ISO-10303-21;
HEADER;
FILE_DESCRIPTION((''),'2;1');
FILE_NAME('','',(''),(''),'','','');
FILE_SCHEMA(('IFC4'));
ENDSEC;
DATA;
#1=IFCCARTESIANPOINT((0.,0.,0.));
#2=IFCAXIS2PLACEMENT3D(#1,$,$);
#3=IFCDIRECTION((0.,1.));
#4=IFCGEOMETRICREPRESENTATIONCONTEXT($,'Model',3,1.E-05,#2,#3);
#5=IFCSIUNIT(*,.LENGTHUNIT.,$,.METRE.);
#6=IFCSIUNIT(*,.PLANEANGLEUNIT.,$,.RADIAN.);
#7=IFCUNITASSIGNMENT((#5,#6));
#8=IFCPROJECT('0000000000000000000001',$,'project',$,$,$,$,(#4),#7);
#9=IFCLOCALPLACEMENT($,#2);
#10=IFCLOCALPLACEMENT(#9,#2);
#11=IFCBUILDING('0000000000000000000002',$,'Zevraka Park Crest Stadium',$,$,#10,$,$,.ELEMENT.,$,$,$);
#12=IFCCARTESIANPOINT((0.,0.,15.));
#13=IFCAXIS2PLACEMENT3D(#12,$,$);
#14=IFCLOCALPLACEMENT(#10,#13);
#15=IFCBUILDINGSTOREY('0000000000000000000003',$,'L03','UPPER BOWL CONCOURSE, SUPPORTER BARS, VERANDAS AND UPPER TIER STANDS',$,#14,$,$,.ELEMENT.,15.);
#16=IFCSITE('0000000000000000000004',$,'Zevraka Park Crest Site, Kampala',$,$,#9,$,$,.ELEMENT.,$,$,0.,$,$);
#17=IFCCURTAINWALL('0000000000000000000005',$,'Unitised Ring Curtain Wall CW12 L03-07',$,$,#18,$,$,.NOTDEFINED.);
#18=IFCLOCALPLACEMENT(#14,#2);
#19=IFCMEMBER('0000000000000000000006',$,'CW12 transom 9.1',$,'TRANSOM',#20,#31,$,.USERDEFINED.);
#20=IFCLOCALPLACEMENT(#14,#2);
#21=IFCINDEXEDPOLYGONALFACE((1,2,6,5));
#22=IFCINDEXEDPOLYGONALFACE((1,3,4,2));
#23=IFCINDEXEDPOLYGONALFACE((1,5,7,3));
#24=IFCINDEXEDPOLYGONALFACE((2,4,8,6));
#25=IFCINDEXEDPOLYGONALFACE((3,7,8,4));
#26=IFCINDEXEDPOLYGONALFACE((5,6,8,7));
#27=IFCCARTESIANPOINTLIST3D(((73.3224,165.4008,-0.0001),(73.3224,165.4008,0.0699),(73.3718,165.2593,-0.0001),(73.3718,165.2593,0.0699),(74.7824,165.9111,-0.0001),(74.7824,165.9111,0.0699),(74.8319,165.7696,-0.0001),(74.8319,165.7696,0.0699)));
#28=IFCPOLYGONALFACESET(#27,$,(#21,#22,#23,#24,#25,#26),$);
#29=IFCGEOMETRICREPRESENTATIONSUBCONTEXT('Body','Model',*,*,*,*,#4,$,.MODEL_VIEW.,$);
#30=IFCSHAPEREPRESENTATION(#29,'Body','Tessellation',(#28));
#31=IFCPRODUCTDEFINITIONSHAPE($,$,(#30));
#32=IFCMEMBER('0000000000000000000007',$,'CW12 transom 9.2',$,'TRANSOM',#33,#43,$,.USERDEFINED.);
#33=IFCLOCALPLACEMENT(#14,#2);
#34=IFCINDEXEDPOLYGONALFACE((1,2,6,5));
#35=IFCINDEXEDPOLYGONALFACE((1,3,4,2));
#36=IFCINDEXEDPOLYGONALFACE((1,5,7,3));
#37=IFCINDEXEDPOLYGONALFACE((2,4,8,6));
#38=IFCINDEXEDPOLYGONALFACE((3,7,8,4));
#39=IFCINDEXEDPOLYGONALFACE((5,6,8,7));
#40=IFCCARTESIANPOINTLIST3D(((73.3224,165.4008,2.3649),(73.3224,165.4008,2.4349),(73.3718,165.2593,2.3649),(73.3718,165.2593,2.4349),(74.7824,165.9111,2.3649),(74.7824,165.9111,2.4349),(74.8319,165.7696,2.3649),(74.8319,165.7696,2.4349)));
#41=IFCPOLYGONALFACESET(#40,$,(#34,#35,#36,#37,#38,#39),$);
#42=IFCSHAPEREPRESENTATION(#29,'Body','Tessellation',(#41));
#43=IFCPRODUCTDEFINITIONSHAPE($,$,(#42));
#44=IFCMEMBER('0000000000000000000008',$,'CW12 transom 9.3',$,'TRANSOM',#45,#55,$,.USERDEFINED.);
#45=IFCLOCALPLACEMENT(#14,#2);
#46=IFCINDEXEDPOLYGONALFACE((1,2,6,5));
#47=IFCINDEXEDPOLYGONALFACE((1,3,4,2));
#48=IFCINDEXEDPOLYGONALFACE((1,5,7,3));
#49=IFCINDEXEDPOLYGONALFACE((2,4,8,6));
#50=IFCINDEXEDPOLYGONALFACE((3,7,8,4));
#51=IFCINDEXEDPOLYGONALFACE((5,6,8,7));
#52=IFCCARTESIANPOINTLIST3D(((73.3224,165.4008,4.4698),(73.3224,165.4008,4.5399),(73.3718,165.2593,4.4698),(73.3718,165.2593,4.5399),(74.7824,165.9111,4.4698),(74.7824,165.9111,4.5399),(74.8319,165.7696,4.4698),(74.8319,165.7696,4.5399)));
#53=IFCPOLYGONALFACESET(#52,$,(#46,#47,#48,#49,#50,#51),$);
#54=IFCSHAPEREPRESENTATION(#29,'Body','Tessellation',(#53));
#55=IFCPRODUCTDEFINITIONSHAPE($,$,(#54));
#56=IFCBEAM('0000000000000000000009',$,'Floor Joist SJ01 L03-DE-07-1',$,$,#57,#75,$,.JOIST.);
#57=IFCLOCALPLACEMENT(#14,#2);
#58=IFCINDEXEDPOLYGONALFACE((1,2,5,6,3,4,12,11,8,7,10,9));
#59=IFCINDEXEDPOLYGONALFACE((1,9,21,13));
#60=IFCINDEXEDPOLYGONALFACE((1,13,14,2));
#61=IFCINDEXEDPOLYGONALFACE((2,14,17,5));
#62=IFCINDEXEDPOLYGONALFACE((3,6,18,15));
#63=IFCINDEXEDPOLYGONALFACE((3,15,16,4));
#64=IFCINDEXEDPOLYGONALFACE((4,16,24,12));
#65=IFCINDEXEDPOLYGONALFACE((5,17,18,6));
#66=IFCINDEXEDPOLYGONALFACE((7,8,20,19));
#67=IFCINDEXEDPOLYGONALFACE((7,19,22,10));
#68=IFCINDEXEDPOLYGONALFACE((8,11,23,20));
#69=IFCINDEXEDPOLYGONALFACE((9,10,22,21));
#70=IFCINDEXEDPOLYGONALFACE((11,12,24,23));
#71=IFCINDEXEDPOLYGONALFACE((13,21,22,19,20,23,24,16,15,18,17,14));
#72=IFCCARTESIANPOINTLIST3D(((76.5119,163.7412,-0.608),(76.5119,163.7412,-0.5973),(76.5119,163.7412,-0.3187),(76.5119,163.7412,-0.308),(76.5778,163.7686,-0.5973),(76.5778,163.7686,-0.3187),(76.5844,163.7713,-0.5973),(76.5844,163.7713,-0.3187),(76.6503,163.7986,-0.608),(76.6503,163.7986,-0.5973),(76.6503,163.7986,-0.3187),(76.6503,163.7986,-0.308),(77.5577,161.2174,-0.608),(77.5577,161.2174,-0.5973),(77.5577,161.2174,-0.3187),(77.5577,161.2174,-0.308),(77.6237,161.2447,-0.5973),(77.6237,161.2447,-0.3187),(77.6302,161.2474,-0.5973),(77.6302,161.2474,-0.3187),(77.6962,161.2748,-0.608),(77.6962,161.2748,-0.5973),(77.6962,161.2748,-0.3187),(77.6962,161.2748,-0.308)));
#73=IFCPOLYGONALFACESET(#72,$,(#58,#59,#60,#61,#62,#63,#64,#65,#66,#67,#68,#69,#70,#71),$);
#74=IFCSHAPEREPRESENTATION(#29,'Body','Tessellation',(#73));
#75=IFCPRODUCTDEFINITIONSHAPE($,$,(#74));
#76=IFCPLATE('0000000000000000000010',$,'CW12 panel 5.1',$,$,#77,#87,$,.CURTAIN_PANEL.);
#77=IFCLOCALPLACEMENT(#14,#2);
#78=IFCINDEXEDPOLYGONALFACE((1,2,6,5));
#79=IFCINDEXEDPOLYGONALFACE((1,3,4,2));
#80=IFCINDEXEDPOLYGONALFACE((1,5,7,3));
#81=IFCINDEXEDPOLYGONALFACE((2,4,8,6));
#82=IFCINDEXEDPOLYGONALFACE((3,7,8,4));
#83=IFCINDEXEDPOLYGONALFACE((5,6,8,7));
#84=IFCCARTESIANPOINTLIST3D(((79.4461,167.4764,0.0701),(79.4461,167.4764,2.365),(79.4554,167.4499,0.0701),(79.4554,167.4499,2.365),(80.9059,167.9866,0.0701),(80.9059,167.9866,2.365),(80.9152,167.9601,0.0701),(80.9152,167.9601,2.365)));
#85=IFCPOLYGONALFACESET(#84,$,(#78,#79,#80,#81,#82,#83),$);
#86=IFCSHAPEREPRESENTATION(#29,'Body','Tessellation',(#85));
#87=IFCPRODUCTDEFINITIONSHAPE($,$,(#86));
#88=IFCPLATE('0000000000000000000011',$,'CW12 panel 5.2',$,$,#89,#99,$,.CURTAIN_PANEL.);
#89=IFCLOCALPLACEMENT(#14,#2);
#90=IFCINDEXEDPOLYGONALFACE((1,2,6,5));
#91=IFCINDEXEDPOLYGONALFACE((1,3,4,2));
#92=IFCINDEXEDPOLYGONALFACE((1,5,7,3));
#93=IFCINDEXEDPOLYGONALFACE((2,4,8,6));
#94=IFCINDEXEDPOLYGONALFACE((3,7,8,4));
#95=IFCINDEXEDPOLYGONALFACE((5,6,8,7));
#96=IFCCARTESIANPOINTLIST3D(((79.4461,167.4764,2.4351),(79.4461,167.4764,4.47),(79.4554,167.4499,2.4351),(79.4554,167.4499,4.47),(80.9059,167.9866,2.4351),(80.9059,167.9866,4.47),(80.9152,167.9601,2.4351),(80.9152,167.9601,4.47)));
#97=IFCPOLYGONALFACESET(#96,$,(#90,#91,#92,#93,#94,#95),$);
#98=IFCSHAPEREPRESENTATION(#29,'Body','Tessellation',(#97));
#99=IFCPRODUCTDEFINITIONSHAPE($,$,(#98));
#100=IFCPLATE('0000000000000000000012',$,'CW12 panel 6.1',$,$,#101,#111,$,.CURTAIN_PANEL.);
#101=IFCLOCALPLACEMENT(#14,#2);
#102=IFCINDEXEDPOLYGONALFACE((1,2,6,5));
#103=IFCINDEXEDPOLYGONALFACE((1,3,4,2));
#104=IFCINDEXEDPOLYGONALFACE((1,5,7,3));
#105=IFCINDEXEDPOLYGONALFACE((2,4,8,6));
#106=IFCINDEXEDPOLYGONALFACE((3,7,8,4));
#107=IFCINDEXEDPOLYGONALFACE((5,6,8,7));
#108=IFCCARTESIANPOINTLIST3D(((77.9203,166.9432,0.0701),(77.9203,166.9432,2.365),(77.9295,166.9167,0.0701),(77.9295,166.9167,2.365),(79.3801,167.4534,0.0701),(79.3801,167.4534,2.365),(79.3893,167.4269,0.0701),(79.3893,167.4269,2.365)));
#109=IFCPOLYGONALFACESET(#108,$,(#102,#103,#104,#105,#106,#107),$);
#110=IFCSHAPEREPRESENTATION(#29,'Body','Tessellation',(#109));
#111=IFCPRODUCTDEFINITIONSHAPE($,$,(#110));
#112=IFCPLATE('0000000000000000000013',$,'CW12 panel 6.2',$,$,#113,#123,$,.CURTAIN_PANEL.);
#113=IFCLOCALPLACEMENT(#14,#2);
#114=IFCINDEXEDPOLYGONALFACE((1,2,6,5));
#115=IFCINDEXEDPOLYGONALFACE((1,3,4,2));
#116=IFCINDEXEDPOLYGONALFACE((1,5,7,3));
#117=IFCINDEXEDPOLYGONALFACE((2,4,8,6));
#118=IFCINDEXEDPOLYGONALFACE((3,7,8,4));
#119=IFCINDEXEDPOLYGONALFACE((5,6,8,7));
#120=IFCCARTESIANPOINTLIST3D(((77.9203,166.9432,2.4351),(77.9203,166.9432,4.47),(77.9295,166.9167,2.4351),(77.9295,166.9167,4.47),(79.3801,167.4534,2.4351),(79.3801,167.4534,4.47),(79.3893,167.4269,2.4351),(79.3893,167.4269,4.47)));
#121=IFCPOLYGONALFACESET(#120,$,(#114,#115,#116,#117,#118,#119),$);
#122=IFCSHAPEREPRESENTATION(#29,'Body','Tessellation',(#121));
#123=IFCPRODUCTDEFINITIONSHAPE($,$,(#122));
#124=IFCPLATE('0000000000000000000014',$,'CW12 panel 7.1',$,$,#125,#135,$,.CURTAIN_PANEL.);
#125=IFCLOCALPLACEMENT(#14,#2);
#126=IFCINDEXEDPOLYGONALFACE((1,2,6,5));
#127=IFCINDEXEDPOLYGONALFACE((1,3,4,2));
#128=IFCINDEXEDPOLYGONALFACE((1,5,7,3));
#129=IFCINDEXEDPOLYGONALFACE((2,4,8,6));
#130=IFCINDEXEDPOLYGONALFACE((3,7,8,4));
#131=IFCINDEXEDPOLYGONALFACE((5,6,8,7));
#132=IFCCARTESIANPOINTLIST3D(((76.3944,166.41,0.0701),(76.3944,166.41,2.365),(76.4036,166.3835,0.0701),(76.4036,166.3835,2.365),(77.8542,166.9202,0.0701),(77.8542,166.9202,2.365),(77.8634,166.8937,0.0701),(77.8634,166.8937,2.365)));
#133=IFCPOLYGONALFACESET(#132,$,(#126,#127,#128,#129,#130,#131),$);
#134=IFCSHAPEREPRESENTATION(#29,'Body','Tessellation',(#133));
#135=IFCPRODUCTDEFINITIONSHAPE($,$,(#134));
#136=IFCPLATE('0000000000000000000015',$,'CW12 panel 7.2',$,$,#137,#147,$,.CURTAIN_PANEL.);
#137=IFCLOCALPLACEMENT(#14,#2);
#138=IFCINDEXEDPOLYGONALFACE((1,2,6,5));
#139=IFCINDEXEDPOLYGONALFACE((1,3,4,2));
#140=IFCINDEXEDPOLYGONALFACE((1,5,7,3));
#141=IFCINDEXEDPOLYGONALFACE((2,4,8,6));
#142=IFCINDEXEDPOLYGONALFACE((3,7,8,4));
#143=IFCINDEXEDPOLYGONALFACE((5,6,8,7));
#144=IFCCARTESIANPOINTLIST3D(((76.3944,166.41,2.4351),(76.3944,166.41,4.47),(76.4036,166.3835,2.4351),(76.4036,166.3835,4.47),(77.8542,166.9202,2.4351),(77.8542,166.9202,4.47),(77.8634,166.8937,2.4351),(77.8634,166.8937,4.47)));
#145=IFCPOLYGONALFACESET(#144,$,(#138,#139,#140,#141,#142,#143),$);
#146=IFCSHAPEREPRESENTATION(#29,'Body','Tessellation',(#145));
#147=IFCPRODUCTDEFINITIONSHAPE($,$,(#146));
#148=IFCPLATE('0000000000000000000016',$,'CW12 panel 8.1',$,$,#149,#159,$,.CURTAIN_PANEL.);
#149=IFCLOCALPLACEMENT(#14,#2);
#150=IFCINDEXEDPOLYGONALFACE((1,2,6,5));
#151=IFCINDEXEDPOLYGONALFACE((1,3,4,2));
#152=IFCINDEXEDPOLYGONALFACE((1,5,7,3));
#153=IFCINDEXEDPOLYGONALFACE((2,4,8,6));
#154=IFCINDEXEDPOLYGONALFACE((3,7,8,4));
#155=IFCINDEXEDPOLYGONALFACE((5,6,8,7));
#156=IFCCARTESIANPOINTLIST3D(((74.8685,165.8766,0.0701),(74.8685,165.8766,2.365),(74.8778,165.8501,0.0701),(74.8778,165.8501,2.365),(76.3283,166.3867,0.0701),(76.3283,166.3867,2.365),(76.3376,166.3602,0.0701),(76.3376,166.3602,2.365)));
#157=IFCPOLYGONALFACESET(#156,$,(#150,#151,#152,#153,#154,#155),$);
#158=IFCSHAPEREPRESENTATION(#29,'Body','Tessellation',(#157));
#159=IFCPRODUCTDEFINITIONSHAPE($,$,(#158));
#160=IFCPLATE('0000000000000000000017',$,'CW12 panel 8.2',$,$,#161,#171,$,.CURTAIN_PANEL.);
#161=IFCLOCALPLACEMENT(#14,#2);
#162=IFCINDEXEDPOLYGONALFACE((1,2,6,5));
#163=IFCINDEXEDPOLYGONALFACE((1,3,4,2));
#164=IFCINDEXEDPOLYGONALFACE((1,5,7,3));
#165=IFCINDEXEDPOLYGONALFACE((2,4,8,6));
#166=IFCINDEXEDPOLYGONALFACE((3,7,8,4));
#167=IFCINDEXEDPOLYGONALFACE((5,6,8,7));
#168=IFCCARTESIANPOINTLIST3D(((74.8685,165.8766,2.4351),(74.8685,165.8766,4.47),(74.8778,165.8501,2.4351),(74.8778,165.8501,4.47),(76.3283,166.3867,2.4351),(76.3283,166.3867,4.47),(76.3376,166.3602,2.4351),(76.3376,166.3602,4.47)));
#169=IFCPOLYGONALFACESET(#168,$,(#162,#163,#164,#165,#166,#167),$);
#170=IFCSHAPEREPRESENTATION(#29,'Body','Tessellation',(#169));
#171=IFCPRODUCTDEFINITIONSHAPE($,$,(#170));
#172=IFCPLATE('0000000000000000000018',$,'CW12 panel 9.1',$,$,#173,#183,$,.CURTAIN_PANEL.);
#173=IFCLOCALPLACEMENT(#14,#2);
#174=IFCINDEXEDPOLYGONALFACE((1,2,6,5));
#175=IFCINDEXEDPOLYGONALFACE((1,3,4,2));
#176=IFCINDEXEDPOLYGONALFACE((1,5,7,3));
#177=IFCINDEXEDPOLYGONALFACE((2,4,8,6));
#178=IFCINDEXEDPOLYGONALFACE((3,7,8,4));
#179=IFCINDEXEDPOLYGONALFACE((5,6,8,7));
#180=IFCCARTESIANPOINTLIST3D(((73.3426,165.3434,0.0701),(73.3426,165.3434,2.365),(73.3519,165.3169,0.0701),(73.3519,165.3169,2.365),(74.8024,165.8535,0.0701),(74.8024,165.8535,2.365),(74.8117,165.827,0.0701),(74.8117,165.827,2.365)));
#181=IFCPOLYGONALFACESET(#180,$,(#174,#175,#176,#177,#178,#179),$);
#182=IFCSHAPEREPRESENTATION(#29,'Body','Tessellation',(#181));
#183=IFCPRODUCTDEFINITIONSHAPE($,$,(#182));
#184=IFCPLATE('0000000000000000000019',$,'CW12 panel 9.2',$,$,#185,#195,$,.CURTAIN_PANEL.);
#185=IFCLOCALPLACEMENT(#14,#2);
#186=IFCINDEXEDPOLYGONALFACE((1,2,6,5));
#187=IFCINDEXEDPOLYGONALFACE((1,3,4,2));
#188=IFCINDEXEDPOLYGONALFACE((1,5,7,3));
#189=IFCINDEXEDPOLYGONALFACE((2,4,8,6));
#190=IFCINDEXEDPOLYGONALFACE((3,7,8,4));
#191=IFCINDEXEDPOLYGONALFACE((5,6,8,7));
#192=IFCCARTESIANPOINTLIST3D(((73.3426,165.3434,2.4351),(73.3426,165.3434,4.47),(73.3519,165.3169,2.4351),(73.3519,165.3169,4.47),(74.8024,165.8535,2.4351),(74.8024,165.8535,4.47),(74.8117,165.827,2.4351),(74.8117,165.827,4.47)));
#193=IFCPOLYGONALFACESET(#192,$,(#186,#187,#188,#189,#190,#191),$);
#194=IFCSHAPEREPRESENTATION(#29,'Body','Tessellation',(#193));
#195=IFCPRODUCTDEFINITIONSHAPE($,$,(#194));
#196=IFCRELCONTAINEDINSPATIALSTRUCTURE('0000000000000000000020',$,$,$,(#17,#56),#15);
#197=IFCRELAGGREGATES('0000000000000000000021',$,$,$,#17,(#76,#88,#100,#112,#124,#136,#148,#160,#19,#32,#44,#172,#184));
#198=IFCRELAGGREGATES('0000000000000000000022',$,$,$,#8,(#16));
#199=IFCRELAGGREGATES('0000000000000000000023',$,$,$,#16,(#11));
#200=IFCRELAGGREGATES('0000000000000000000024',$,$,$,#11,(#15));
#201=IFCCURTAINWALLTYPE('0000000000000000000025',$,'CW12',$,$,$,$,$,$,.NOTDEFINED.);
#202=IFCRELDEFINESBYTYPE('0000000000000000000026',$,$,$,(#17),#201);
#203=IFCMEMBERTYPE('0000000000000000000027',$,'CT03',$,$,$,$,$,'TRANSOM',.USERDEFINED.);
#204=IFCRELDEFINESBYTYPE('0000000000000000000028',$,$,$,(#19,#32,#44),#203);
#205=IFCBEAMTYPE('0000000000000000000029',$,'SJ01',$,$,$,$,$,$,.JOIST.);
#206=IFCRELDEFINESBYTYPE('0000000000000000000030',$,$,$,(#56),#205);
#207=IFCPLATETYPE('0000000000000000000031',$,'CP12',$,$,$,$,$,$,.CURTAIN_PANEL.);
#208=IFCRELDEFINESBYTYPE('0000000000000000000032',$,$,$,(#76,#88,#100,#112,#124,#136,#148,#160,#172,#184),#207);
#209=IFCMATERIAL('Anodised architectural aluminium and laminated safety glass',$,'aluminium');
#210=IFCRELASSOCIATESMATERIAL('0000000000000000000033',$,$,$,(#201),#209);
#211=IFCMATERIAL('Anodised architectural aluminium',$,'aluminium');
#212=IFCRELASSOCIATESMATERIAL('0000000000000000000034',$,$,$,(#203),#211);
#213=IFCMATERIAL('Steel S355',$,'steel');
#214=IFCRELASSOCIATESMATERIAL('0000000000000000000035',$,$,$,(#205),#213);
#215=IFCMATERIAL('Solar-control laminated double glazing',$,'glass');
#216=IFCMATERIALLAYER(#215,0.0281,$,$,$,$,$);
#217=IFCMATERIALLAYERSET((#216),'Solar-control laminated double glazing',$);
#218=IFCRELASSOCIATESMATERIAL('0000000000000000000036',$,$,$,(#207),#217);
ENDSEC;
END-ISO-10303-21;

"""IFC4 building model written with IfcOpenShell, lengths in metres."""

from ifc_helpers import new_model, si_unit, direction, frame, origin, origin_2d, place, context, subcontext, project, spatial, rectangle, i_section, extrude, material, layer, layer_set, material_profile, profile_set, type_object, element, aggregate, save


model = new_model("IFC4")

# Units and contexts
model_context = context("Model", 3, precision=1e-05, world=origin(), true_north=direction((0.0, 1.0)))
body_context = subcontext(model_context, "Body", "Model", "MODEL_VIEW")
ifc_project = project(units=[si_unit("LENGTHUNIT", "METRE"), si_unit("PLANEANGLEUNIT", "RADIAN")], contexts=[model_context])

# Site, building, storey
site_placement = place(None, origin())
site = spatial("IfcSite", under=ifc_project, at=site_placement, Name="Zevraka Park Crest Site, Kampala", CompositionType="ELEMENT", RefElevation=0.0)
building_placement = place(site_placement, origin())
building = spatial("IfcBuilding", under=site, at=building_placement, Name="Zevraka Park Crest Stadium", CompositionType="ELEMENT")
storey_placement = place(building_placement, frame((0.0, 0.0, 15.0)))
storey = spatial("IfcBuildingStorey", under=building, at=storey_placement, Name="L03", Description="UPPER BOWL CONCOURSE, SUPPORTER BARS, VERANDAS AND UPPER TIER STANDS", CompositionType="ELEMENT", Elevation=15.0)

# Curtain wall, members
ifc_material_1 = material(Name="Anodised architectural aluminium and laminated safety glass", Category="aluminium")
curtain_wall_type = type_object("IfcCurtainWallType", Name="CW12", PredefinedType="NOTDEFINED", material=ifc_material_1)
curtain_wall_placement = place(storey_placement, origin())
curtain_wall = element("IfcCurtainWall", 1, at=curtain_wall_placement, inside=storey, type_object=curtain_wall_type, Name="Unitised Ring Curtain Wall CW12 L03-07", PredefinedType="NOTDEFINED")
ifc_material_2 = material(Name="Anodised architectural aluminium", Category="aluminium")
ifc_material_profile_1 = material_profile(ifc_material_2, rectangle(XDim=0.1499, YDim=0.0701, at=origin_2d()), Name="ALU TRANSOM 150x70")
ifc_profile_set_1 = profile_set([ifc_material_profile_1], Name="Anodised architectural aluminium")
member_type_1 = type_object("IfcMemberType", Name="CT03", ElementType="TRANSOM", PredefinedType="USERDEFINED", material=ifc_profile_set_1)
member_1_placement = place(storey_placement, frame((74.8071, 165.8403, 0.0349), z_axis=(-0.944006, -0.329928, 0.0), x_axis=(0.329928, -0.944006, 0.0)))
member_1 = element("IfcMember", 2, at=member_1_placement, type_object=member_type_1, Name="CW12 transom 9.1", ObjectType="TRANSOM", PredefinedType="USERDEFINED", context=body_context, shape_type="SweptSolid", body=[
    extrude(rectangle(XDim=0.1499, YDim=0.0701, at=origin_2d()), origin(), (0.0, 0.0, 1.0), 1.5466),
])
member_2_placement = place(storey_placement, frame((74.8071, 165.8403, 2.3999), z_axis=(-0.944006, -0.329928, 0.0), x_axis=(0.329928, -0.944006, 0.0)))
member_2 = element("IfcMember", 3, at=member_2_placement, type_object=member_type_1, Name="CW12 transom 9.2", ObjectType="TRANSOM", PredefinedType="USERDEFINED", context=body_context, shape_type="SweptSolid", body=[
    extrude(rectangle(XDim=0.1499, YDim=0.0701, at=origin_2d()), origin(), (0.0, 0.0, 1.0), 1.5466),
])
member_3_placement = place(storey_placement, frame((74.8071, 165.8403, 4.5049), z_axis=(-0.944006, -0.329928, 0.0), x_axis=(0.329928, -0.944006, 0.0)))
member_3 = element("IfcMember", 4, at=member_3_placement, type_object=member_type_1, Name="CW12 transom 9.3", ObjectType="TRANSOM", PredefinedType="USERDEFINED", context=body_context, shape_type="SweptSolid", body=[
    extrude(rectangle(XDim=0.1499, YDim=0.0701, at=origin_2d()), origin(), (0.0, 0.0, 1.0), 1.5466),
])

# Beam
ifc_material_3 = material(Name="Steel S355", Category="steel")
ifc_material_profile_2 = material_profile(ifc_material_3, i_section(OverallWidth=0.1499, OverallDepth=0.3, WebThickness=0.0071, FlangeThickness=0.0107, at=origin_2d()), Name="IPE 300")
ifc_profile_set_2 = profile_set([ifc_material_profile_2], Name="Steel S355")
beam_type = type_object("IfcBeamType", Name="SJ01", PredefinedType="JOIST", material=ifc_profile_set_2)
beam_placement = place(storey_placement, frame((77.627, 161.2461, -0.458), z_axis=(-0.382825, 0.923821, 0.0), x_axis=(-0.923821, -0.382825, 0.0)))
element("IfcBeam", 5, at=beam_placement, inside=storey, type_object=beam_type, Name="Floor Joist SJ01 L03-DE-07-1", PredefinedType="JOIST", context=body_context, shape_type="SweptSolid", body=[
    extrude(i_section(OverallWidth=0.1499, OverallDepth=0.3, WebThickness=0.0071, FlangeThickness=0.0107, at=origin_2d()), origin(), (0.0, 0.0, 1.0), 2.7319),
])

# Plates
ifc_material_4 = material(Name="Solar-control laminated double glazing", Category="glass")
ifc_layer_1 = layer(ifc_material_4, 0.0281)
ifc_layer_set_1 = layer_set([ifc_layer_1], Name="Solar-control laminated double glazing")
plate_type = type_object("IfcPlateType", Name="CP12", PredefinedType="CURTAIN_PANEL", material=ifc_layer_set_1)
plate_1_placement = place(storey_placement, frame((80.1807, 167.7183, 0.0701), z_axis=(0.0, 0.0, 1.0), x_axis=(-0.94401, -0.329917, 0.0)))
plate_1 = element("IfcPlate", 6, at=plate_1_placement, type_object=plate_type, Name="CW12 panel 5.1", PredefinedType="CURTAIN_PANEL", context=body_context, shape_type="SweptSolid", body=[
    extrude(rectangle(XDim=1.5464, YDim=0.0281, at=origin_2d()), origin(), (0.0, 0.0, 1.0), 2.2949),
])
plate_2_placement = place(storey_placement, frame((80.1807, 167.7183, 2.4351), z_axis=(0.0, 0.0, 1.0), x_axis=(-0.94401, -0.329917, 0.0)))
plate_2 = element("IfcPlate", 7, at=plate_2_placement, type_object=plate_type, Name="CW12 panel 5.2", PredefinedType="CURTAIN_PANEL", context=body_context, shape_type="SweptSolid", body=[
    extrude(rectangle(XDim=1.5464, YDim=0.0281, at=origin_2d()), origin(), (0.0, 0.0, 1.0), 2.0349),
])
plate_3_placement = place(storey_placement, frame((78.6548, 167.1851, 0.0701), z_axis=(0.0, 0.0, 1.0), x_axis=(-0.94401, -0.329917, 0.0)))
plate_3 = element("IfcPlate", 8, at=plate_3_placement, type_object=plate_type, Name="CW12 panel 6.1", PredefinedType="CURTAIN_PANEL", context=body_context, shape_type="SweptSolid", body=[
    extrude(rectangle(XDim=1.5464, YDim=0.0281, at=origin_2d()), origin(), (0.0, 0.0, 1.0), 2.2949),
])
plate_4_placement = place(storey_placement, frame((78.6548, 167.1851, 2.4351), z_axis=(0.0, 0.0, 1.0), x_axis=(-0.94401, -0.329917, 0.0)))
plate_4 = element("IfcPlate", 9, at=plate_4_placement, type_object=plate_type, Name="CW12 panel 6.2", PredefinedType="CURTAIN_PANEL", context=body_context, shape_type="SweptSolid", body=[
    extrude(rectangle(XDim=1.5464, YDim=0.0281, at=origin_2d()), origin(), (0.0, 0.0, 1.0), 2.0349),
])
plate_5_placement = place(storey_placement, frame((77.1289, 166.6519, 0.0701), z_axis=(0.0, 0.0, 1.0), x_axis=(-0.94401, -0.329917, 0.0)))
plate_5 = element("IfcPlate", 10, at=plate_5_placement, type_object=plate_type, Name="CW12 panel 7.1", PredefinedType="CURTAIN_PANEL", context=body_context, shape_type="SweptSolid", body=[
    extrude(rectangle(XDim=1.5464, YDim=0.0281, at=origin_2d()), origin(), (0.0, 0.0, 1.0), 2.2949),
])
plate_6_placement = place(storey_placement, frame((77.1289, 166.6519, 2.4351), z_axis=(0.0, 0.0, 1.0), x_axis=(-0.94401, -0.329917, 0.0)))
plate_6 = element("IfcPlate", 11, at=plate_6_placement, type_object=plate_type, Name="CW12 panel 7.2", PredefinedType="CURTAIN_PANEL", context=body_context, shape_type="SweptSolid", body=[
    extrude(rectangle(XDim=1.5464, YDim=0.0281, at=origin_2d()), origin(), (0.0, 0.0, 1.0), 2.0349),
])
plate_7_placement = place(storey_placement, frame((75.603, 166.1184, 0.0701), z_axis=(0.0, 0.0, 1.0), x_axis=(-0.94401, -0.329917, 0.0)))
plate_7 = element("IfcPlate", 12, at=plate_7_placement, type_object=plate_type, Name="CW12 panel 8.1", PredefinedType="CURTAIN_PANEL", context=body_context, shape_type="SweptSolid", body=[
    extrude(rectangle(XDim=1.5464, YDim=0.0281, at=origin_2d()), origin(), (0.0, 0.0, 1.0), 2.2949),
])
plate_8_placement = place(storey_placement, frame((75.603, 166.1184, 2.4351), z_axis=(0.0, 0.0, 1.0), x_axis=(-0.94401, -0.329917, 0.0)))
plate_8 = element("IfcPlate", 13, at=plate_8_placement, type_object=plate_type, Name="CW12 panel 8.2", PredefinedType="CURTAIN_PANEL", context=body_context, shape_type="SweptSolid", body=[
    extrude(rectangle(XDim=1.5464, YDim=0.0281, at=origin_2d()), origin(), (0.0, 0.0, 1.0), 2.0349),
])
plate_9_placement = place(storey_placement, frame((74.0771, 165.5852, 0.0701), z_axis=(0.0, 0.0, 1.0), x_axis=(-0.94401, -0.329917, 0.0)))
plate_9 = element("IfcPlate", 14, at=plate_9_placement, type_object=plate_type, Name="CW12 panel 9.1", PredefinedType="CURTAIN_PANEL", context=body_context, shape_type="SweptSolid", body=[
    extrude(rectangle(XDim=1.5464, YDim=0.0281, at=origin_2d()), origin(), (0.0, 0.0, 1.0), 2.2949),
])
plate_10_placement = place(storey_placement, frame((74.0771, 165.5852, 2.4351), z_axis=(0.0, 0.0, 1.0), x_axis=(-0.94401, -0.329917, 0.0)))
plate_10 = element("IfcPlate", 15, at=plate_10_placement, type_object=plate_type, Name="CW12 panel 9.2", PredefinedType="CURTAIN_PANEL", context=body_context, shape_type="SweptSolid", body=[
    extrude(rectangle(XDim=1.5464, YDim=0.0281, at=origin_2d()), origin(), (0.0, 0.0, 1.0), 2.0349),
])
aggregate(curtain_wall, [plate_1, plate_2, plate_3, plate_4, plate_5, plate_6, plate_7, plate_8, member_1, member_2, member_3, plate_9, plate_10])

save(model, "model.ifc")
